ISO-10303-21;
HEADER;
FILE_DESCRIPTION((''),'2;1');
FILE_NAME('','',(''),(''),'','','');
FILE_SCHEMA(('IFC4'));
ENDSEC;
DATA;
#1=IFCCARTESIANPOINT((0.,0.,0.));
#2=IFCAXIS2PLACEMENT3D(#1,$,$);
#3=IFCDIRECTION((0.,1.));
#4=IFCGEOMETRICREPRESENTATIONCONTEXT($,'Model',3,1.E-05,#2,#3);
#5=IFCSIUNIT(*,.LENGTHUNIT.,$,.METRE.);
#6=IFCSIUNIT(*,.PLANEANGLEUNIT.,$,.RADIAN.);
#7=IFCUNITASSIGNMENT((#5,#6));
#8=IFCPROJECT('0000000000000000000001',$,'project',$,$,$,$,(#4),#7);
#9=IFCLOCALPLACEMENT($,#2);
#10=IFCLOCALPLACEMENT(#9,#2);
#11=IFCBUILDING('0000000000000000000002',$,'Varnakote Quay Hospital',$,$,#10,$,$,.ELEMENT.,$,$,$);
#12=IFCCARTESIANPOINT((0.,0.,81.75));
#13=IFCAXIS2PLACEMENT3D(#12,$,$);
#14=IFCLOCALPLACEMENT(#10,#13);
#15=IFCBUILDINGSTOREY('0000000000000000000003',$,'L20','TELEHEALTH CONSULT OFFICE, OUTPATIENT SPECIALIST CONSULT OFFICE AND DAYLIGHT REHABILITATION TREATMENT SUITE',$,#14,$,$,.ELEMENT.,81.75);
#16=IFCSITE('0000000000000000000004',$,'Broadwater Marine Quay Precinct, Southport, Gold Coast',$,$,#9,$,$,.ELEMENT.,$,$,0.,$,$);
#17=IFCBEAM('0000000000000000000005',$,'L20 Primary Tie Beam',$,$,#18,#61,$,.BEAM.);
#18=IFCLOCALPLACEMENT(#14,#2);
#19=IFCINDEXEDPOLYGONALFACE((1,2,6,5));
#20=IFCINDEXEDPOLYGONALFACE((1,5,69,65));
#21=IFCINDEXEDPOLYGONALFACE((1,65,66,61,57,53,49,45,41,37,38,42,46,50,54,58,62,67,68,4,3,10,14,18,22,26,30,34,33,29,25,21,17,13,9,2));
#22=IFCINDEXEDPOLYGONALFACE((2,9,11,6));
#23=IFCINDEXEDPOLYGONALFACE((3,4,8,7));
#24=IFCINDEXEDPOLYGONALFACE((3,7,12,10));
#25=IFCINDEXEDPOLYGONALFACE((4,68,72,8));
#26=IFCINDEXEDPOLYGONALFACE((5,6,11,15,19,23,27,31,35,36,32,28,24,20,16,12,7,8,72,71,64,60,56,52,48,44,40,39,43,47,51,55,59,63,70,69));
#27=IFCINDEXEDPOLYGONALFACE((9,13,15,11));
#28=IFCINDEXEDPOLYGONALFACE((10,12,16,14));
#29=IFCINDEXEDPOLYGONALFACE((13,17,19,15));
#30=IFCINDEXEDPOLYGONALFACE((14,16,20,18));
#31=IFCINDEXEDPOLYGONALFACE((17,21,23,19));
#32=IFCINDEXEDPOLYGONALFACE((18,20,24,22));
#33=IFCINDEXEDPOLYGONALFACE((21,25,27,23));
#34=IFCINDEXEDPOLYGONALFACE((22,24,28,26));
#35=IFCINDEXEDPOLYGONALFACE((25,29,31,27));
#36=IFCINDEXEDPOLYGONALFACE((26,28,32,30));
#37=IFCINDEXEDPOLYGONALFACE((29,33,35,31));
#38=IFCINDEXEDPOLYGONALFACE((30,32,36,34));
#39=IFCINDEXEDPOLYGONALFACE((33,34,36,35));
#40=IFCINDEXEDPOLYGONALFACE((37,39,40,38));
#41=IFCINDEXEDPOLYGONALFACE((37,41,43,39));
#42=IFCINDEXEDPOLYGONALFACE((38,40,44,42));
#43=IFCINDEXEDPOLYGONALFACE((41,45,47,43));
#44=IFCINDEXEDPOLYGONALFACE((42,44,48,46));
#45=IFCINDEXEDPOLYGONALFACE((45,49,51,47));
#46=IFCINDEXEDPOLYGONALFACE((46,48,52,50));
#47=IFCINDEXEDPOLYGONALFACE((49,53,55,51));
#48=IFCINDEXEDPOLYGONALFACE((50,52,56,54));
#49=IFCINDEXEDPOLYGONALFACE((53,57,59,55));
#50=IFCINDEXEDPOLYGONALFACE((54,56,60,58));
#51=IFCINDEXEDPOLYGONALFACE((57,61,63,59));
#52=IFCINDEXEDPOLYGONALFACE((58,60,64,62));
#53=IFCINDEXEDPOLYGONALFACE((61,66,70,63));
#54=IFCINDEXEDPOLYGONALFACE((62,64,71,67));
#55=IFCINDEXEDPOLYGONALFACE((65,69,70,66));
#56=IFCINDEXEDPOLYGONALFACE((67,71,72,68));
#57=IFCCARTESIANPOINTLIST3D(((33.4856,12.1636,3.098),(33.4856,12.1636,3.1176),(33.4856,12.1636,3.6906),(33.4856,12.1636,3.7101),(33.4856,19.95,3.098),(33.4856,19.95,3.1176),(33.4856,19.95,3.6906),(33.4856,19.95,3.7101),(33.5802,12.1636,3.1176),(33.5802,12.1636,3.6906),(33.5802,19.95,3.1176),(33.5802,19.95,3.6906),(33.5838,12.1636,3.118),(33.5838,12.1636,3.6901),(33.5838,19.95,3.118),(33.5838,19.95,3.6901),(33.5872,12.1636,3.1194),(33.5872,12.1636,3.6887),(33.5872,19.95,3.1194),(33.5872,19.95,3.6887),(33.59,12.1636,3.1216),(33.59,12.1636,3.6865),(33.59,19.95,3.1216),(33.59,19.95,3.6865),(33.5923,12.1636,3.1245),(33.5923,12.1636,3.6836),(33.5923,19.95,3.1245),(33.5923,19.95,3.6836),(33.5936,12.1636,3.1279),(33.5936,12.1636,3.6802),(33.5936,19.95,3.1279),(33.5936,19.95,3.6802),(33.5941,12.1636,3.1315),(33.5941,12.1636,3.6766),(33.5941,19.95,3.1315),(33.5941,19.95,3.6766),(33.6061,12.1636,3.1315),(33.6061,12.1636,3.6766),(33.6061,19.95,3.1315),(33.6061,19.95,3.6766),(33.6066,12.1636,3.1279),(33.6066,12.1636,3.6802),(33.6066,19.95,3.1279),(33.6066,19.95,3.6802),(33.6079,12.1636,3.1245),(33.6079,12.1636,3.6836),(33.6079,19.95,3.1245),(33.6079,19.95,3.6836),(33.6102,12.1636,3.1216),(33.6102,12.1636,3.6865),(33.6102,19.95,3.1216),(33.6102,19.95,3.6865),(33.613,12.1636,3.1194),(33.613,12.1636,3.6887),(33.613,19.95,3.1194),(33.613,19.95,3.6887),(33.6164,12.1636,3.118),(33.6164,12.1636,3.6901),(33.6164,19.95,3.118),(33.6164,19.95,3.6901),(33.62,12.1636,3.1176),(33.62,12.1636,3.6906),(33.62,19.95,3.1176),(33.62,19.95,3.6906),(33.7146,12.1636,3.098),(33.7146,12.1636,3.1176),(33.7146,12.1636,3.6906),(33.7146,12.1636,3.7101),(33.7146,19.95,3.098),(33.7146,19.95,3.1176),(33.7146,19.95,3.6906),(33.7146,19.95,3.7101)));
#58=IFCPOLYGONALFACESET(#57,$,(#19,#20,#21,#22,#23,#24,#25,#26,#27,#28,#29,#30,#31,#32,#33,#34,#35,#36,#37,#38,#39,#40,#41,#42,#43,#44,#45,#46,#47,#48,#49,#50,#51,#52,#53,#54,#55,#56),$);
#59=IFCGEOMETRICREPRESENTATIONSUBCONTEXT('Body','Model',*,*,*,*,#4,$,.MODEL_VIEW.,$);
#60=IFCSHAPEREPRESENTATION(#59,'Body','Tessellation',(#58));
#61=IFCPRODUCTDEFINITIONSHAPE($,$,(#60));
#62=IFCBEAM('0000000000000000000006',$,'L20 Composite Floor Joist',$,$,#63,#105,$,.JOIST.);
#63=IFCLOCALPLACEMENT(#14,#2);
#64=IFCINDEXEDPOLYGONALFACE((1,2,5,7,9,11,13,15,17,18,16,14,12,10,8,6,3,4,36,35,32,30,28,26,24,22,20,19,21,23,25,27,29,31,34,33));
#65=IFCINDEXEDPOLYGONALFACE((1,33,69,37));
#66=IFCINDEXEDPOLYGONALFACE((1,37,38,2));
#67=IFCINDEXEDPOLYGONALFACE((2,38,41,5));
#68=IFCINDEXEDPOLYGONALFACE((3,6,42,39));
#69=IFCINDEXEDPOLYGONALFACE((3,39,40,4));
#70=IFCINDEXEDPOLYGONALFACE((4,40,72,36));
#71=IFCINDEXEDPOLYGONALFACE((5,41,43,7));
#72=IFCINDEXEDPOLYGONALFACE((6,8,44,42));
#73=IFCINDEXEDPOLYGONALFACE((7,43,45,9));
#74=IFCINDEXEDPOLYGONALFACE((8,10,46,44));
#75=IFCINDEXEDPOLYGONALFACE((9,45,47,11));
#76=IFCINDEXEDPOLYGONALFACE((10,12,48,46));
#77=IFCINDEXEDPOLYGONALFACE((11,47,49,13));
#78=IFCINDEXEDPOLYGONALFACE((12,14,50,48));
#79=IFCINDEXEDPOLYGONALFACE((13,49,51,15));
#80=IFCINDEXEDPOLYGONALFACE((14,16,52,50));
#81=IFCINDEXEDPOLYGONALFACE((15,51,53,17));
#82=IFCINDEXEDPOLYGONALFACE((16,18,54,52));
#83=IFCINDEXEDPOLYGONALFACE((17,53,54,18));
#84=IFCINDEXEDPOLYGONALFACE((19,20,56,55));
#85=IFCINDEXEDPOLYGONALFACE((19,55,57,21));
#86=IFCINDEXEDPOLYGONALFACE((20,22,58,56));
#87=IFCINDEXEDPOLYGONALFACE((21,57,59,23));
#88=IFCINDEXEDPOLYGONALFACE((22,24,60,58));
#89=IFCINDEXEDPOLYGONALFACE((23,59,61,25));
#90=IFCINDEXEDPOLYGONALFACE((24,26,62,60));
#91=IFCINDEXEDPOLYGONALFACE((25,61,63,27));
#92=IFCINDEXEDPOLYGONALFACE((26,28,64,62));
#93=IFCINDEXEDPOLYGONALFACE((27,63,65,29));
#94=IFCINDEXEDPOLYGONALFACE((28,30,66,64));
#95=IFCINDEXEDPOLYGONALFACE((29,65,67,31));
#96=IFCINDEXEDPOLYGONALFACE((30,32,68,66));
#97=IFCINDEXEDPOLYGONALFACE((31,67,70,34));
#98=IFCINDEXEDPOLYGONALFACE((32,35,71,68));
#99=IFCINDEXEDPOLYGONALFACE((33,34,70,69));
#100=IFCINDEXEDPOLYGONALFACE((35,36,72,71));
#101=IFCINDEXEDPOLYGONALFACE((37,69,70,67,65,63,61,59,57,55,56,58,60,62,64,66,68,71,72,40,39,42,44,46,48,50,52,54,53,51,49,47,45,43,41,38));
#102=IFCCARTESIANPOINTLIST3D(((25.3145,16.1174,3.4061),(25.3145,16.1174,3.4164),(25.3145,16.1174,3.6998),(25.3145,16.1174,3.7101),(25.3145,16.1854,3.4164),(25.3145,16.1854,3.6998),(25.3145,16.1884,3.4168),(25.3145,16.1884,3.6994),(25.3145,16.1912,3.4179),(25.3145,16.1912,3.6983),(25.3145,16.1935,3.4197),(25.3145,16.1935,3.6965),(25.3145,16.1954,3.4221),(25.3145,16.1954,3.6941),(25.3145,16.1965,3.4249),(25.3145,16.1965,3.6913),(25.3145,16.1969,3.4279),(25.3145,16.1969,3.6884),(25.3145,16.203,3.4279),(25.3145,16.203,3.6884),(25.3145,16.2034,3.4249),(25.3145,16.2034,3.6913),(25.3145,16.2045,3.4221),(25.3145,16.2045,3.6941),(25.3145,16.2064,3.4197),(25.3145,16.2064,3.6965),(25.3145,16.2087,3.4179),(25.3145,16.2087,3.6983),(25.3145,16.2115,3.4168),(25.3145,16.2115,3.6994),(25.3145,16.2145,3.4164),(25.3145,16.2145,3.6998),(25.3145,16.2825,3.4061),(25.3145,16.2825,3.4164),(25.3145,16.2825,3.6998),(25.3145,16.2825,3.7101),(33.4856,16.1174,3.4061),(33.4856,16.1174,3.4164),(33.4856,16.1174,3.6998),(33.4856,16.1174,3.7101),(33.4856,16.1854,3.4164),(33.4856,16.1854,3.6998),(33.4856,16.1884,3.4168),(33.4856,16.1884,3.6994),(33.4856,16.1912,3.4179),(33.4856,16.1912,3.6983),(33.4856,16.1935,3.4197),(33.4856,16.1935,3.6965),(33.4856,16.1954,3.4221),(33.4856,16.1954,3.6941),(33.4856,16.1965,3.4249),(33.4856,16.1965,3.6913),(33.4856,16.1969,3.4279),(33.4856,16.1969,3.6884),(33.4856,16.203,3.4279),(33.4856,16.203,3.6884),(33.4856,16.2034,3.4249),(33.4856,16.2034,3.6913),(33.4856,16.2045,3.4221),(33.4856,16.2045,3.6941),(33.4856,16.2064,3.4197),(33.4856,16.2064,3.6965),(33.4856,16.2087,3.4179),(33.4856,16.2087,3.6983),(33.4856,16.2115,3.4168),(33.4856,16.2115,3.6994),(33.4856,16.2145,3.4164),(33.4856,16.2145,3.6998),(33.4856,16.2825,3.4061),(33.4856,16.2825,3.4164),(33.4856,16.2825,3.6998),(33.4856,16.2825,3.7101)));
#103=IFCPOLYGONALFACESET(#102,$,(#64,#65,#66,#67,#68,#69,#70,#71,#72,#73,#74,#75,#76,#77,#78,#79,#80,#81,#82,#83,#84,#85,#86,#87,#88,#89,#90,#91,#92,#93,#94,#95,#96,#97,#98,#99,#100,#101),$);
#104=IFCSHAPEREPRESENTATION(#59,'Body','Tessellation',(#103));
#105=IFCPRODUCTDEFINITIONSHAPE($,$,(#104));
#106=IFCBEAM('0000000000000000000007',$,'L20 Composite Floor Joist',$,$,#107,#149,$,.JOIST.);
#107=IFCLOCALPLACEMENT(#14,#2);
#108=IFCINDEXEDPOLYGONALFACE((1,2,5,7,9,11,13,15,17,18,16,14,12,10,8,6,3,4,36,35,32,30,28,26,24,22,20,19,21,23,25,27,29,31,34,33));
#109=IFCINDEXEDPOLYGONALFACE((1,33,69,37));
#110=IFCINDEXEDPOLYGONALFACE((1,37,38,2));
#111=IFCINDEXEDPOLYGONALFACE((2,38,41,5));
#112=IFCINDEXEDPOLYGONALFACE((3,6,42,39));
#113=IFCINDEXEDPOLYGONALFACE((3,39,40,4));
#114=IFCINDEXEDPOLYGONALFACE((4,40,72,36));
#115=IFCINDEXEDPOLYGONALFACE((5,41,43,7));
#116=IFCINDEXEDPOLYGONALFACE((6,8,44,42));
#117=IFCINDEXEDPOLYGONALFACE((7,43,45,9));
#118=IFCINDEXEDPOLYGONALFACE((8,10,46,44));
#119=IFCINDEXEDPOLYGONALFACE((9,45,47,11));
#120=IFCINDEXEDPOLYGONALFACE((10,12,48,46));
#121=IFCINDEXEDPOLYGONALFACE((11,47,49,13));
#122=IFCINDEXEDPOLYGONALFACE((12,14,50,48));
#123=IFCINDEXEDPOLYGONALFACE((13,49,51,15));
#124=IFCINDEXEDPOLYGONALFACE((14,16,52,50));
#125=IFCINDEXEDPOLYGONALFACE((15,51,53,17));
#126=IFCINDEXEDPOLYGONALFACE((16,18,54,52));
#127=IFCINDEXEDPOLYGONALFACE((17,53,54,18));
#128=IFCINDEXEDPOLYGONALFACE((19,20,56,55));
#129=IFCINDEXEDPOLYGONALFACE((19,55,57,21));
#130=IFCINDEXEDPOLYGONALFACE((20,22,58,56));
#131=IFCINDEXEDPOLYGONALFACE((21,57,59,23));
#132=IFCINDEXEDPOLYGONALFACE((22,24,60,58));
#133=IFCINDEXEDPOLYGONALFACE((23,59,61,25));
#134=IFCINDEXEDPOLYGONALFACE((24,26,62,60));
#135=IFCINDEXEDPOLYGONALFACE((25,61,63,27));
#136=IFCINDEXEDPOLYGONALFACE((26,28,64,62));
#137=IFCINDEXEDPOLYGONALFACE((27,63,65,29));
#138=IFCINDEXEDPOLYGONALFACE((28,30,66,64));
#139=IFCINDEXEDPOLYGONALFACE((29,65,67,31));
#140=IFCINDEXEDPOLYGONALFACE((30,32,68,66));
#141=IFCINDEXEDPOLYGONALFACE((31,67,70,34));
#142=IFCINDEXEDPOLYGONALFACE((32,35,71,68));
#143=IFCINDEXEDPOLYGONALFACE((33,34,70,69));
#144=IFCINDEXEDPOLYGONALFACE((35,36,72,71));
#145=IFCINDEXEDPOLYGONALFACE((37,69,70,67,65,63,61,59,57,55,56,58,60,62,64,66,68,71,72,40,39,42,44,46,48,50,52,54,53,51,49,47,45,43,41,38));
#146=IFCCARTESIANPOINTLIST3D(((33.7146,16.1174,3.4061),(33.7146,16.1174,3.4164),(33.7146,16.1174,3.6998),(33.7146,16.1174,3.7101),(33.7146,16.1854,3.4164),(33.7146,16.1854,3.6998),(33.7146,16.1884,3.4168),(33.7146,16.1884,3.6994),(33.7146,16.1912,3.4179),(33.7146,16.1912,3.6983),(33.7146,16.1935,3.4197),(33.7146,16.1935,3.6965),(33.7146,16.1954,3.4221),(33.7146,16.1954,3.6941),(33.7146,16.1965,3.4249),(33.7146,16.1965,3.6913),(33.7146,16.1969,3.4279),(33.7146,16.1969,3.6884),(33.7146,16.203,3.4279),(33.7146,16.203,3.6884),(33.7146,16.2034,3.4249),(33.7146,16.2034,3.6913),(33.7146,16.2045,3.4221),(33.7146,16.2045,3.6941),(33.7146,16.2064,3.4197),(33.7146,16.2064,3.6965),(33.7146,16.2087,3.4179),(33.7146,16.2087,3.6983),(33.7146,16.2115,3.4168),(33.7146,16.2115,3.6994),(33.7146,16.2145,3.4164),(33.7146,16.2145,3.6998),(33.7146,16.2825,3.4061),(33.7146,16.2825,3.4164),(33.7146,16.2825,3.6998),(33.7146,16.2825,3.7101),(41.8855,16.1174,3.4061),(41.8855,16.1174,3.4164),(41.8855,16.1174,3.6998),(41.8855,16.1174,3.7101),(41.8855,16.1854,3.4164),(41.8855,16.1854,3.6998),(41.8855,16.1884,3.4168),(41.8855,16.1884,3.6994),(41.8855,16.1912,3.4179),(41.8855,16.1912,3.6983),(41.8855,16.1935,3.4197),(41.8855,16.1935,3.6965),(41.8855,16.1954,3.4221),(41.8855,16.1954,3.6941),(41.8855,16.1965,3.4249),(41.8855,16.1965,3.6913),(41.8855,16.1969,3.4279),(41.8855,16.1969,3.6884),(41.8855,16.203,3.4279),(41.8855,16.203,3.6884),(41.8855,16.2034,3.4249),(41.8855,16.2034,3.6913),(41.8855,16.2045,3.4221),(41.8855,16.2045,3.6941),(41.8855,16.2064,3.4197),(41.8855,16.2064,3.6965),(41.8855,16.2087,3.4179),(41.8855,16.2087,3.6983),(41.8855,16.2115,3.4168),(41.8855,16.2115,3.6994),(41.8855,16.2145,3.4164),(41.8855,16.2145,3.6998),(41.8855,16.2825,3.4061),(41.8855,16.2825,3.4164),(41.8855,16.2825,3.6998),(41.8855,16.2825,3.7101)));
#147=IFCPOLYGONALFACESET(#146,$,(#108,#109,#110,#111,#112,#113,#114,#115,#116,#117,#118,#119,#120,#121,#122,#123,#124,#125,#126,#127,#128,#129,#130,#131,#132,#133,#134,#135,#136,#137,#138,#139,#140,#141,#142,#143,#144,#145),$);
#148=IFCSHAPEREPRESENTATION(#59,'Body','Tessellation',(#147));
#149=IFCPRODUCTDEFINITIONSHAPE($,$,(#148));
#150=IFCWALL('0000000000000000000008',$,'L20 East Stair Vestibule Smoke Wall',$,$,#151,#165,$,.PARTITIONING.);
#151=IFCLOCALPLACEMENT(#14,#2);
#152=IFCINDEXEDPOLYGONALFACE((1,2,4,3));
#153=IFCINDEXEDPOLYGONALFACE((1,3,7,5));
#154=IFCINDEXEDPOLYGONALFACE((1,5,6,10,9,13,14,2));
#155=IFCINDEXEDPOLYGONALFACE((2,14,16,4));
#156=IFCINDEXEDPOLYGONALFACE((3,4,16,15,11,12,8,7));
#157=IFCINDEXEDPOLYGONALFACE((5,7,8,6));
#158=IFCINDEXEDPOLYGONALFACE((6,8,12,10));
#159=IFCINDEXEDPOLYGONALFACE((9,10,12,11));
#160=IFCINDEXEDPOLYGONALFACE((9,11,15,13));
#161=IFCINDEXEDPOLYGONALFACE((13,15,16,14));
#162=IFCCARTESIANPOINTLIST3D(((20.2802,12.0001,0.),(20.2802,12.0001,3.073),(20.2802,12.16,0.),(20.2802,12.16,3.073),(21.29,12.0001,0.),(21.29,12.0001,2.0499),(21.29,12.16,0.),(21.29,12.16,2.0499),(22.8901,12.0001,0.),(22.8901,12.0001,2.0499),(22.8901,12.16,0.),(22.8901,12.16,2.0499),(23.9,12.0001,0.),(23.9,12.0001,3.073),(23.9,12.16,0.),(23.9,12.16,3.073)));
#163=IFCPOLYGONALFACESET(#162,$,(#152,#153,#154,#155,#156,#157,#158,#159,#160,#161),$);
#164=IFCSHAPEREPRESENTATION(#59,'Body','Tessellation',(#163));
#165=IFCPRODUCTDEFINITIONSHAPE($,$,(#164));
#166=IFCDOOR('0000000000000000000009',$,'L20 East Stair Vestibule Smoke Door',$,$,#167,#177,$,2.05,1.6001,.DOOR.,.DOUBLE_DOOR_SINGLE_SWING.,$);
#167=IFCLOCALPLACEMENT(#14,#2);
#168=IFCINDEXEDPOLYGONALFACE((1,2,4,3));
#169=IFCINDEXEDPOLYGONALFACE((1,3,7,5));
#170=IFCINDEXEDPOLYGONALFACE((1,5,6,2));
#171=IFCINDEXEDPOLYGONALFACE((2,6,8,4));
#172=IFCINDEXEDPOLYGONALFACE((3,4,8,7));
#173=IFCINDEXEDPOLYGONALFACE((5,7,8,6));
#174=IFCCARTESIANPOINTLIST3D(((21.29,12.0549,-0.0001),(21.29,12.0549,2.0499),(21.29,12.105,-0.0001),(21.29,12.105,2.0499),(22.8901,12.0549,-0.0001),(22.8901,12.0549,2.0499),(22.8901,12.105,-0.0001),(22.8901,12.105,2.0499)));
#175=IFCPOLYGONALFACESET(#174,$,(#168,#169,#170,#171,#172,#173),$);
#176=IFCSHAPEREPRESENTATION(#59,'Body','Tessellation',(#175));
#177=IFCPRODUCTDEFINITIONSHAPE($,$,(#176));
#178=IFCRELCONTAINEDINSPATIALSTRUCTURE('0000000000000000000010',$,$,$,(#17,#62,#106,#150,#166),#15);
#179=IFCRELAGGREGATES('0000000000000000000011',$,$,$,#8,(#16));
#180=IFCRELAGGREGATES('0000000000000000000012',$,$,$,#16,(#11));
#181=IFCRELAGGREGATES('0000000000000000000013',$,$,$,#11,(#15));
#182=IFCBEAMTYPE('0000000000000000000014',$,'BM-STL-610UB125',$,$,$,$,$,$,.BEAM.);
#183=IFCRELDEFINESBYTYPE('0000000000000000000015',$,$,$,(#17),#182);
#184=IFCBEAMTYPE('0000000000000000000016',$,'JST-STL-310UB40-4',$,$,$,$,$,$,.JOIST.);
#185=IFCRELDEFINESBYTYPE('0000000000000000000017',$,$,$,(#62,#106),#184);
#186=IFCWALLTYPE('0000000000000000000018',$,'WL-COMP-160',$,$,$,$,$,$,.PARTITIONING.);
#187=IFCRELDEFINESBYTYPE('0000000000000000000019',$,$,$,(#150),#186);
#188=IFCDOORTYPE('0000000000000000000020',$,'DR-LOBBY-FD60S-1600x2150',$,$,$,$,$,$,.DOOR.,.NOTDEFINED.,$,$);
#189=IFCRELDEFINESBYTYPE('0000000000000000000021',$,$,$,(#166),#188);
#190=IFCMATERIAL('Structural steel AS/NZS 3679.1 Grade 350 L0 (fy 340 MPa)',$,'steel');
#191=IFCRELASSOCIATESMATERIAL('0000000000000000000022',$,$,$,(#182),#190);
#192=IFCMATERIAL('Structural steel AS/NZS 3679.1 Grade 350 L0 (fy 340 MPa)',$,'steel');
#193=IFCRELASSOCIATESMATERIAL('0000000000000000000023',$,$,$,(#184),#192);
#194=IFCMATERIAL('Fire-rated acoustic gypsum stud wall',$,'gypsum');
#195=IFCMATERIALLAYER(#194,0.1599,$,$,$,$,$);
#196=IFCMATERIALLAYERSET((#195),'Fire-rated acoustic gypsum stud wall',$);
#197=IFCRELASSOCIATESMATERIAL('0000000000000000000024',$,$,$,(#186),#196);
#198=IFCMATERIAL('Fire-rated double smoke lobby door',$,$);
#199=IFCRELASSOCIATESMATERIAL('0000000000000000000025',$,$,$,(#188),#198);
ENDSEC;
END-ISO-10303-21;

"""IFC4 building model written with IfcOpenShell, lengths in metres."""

from ifc_helpers import new_model, si_unit, direction, frame, frame_2d, origin, origin_2d, place, context, subcontext, project, spatial, rectangle, i_section, extrude, material, layer, layer_set, material_profile, profile_set, type_object, element, fill, save


model = new_model("IFC4")

# Units and contexts
model_context = context("Model", 3, precision=1e-05, world=origin(), true_north=direction((0.0, 1.0)))
body_context = subcontext(model_context, "Body", "Model", "MODEL_VIEW")
ifc_project = project(units=[si_unit("LENGTHUNIT", "METRE"), si_unit("PLANEANGLEUNIT", "RADIAN")], contexts=[model_context])

# Site, building, storey
site_placement = place(None, origin())
site = spatial("IfcSite", under=ifc_project, at=site_placement, Name="Broadwater Marine Quay Precinct, Southport, Gold Coast", CompositionType="ELEMENT", RefElevation=0.0)
building_placement = place(site_placement, origin())
building = spatial("IfcBuilding", under=site, at=building_placement, Name="Varnakote Quay Hospital", CompositionType="ELEMENT")
storey_placement = place(building_placement, frame((0.0, 0.0, 81.75)))
storey = spatial("IfcBuildingStorey", under=building, at=storey_placement, Name="L20", Description="TELEHEALTH CONSULT OFFICE, OUTPATIENT SPECIALIST CONSULT OFFICE AND DAYLIGHT REHABILITATION TREATMENT SUITE", CompositionType="ELEMENT", Elevation=81.75)

# Beams
ifc_material_1 = material(Name="Structural steel AS/NZS 3679.1 Grade 350 L0 (fy 340 MPa)", Category="steel")
ifc_material_profile_1 = material_profile(ifc_material_1, i_section(OverallWidth=0.229, OverallDepth=0.6121, WebThickness=0.012, FlangeThickness=0.0195, FilletRadius=0.0139, at=origin_2d()), Name="610UB125")
ifc_profile_set_1 = profile_set([ifc_material_profile_1], Name="Structural steel AS/NZS 3679.1 Grade 350 L0 (fy 340 MPa)")
beam_type_1 = type_object("IfcBeamType", Name="BM-STL-610UB125", PredefinedType="BEAM", material=ifc_profile_set_1)
beam_1_placement = place(storey_placement, frame((33.6001, 12.1636, 3.4041), z_axis=(0.0, 1.0, 0.0), x_axis=(-1.0, 0.0, 0.0)))
element("IfcBeam", 1, at=beam_1_placement, inside=storey, type_object=beam_type_1, Name="L20 Primary Tie Beam", PredefinedType="BEAM", context=body_context, shape_type="SweptSolid", body=[
    extrude(i_section(OverallWidth=0.229, OverallDepth=0.6121, WebThickness=0.012, FlangeThickness=0.0195, FilletRadius=0.0139, at=origin_2d()), origin(), (0.0, 0.0, 1.0), 7.7864),
])
ifc_material_2 = material(Name="Structural steel AS/NZS 3679.1 Grade 350 L0 (fy 340 MPa)", Category="steel")
ifc_material_profile_2 = material_profile(ifc_material_2, i_section(OverallWidth=0.165, OverallDepth=0.304, WebThickness=0.0061, FlangeThickness=0.0103, FilletRadius=0.0115, at=origin_2d()), Name="310UB40.4")
ifc_profile_set_2 = profile_set([ifc_material_profile_2], Name="Structural steel AS/NZS 3679.1 Grade 350 L0 (fy 340 MPa)")
beam_type_2 = type_object("IfcBeamType", Name="JST-STL-310UB40-4", PredefinedType="JOIST", material=ifc_profile_set_2)
beam_2_placement = place(storey_placement, frame((25.3145, 16.2, 3.5581), z_axis=(1.0, 0.0, 0.0), x_axis=(0.0, 1.0, 0.0)))
element("IfcBeam", 2, at=beam_2_placement, inside=storey, type_object=beam_type_2, Name="L20 Composite Floor Joist", PredefinedType="JOIST", context=body_context, shape_type="SweptSolid", body=[
    extrude(i_section(OverallWidth=0.165, OverallDepth=0.304, WebThickness=0.0061, FlangeThickness=0.0103, FilletRadius=0.0115, at=origin_2d()), origin(), (0.0, 0.0, 1.0), 8.1711),
])
beam_3_placement = place(storey_placement, frame((33.7146, 16.2, 3.5581), z_axis=(1.0, 0.0, 0.0), x_axis=(0.0, 1.0, 0.0)))
element("IfcBeam", 3, at=beam_3_placement, inside=storey, type_object=beam_type_2, Name="L20 Composite Floor Joist", PredefinedType="JOIST", context=body_context, shape_type="SweptSolid", body=[
    extrude(i_section(OverallWidth=0.165, OverallDepth=0.304, WebThickness=0.0061, FlangeThickness=0.0103, FilletRadius=0.0115, at=origin_2d()), origin(), (0.0, 0.0, 1.0), 8.1709),
])

# Wall, opening, door
ifc_material_3 = material(Name="Fire-rated acoustic gypsum stud wall", Category="gypsum")
ifc_layer_1 = layer(ifc_material_3, 0.1599)
ifc_layer_set_1 = layer_set([ifc_layer_1], Name="Fire-rated acoustic gypsum stud wall")
wall_type_1 = type_object("IfcWallType", Name="WL-COMP-160", PredefinedType="PARTITIONING", material=ifc_layer_set_1)
wall_1_placement = place(storey_placement, frame((20.28, 12.0801, 0.0), z_axis=(0.0, 0.0, 1.0), x_axis=(1.0, 0.0, 0.0)))
wall_1 = element("IfcWall", 4, at=wall_1_placement, inside=storey, type_object=wall_type_1, Name="L20 East Stair Vestibule Smoke Wall", PredefinedType="PARTITIONING", context=body_context, shape_type="SweptSolid", body=[
    extrude(rectangle(XDim=3.6199, YDim=0.1599, at=frame_2d((1.8101, 0.0))), origin(), (0.0, 0.0, 1.0), 3.073),
])
opening_1_placement = place(wall_1_placement, frame((1.01, 0.0, 0.0)))
opening_1 = element("IfcOpeningElement", 5, at=opening_1_placement, cuts=wall_1, PredefinedType="OPENING", context=body_context, shape_type="SweptSolid", body=[
    extrude(rectangle(XDim=1.6001, YDim=2.05, at=frame_2d((0.8, 1.0249))), frame((0.0, 0.0898, 0.0), z_axis=(0.0, -1.0, 0.0), x_axis=(1.0, 0.0, 0.0)), (0.0, 0.0, 1.0), 0.1799),
])
ifc_material_4 = material(Name="Fire-rated double smoke lobby door")
door_type_1 = type_object("IfcDoorType", Name="DR-LOBBY-FD60S-1600x2150", OperationType="NOTDEFINED", PredefinedType="DOOR", material=ifc_material_4)
door_1_placement = place(opening_1_placement, origin())
door_1 = element("IfcDoor", 6, at=door_1_placement, inside=storey, type_object=door_type_1, Name="L20 East Stair Vestibule Smoke Door", OperationType="DOUBLE_DOOR_SINGLE_SWING", OverallHeight=2.05, OverallWidth=1.6001, PredefinedType="DOOR", context=body_context, shape_type="SweptSolid", body=[
    extrude(rectangle(XDim=1.6001, YDim=2.05, at=frame_2d((0.8, 1.0249))), frame((0.0, 0.0249, 0.0), z_axis=(0.0, -1.0, 0.0), x_axis=(1.0, 0.0, 0.0)), (0.0, 0.0, 1.0), 0.05),
])
fill(opening_1, door_1)

save(model, "model.ifc")
